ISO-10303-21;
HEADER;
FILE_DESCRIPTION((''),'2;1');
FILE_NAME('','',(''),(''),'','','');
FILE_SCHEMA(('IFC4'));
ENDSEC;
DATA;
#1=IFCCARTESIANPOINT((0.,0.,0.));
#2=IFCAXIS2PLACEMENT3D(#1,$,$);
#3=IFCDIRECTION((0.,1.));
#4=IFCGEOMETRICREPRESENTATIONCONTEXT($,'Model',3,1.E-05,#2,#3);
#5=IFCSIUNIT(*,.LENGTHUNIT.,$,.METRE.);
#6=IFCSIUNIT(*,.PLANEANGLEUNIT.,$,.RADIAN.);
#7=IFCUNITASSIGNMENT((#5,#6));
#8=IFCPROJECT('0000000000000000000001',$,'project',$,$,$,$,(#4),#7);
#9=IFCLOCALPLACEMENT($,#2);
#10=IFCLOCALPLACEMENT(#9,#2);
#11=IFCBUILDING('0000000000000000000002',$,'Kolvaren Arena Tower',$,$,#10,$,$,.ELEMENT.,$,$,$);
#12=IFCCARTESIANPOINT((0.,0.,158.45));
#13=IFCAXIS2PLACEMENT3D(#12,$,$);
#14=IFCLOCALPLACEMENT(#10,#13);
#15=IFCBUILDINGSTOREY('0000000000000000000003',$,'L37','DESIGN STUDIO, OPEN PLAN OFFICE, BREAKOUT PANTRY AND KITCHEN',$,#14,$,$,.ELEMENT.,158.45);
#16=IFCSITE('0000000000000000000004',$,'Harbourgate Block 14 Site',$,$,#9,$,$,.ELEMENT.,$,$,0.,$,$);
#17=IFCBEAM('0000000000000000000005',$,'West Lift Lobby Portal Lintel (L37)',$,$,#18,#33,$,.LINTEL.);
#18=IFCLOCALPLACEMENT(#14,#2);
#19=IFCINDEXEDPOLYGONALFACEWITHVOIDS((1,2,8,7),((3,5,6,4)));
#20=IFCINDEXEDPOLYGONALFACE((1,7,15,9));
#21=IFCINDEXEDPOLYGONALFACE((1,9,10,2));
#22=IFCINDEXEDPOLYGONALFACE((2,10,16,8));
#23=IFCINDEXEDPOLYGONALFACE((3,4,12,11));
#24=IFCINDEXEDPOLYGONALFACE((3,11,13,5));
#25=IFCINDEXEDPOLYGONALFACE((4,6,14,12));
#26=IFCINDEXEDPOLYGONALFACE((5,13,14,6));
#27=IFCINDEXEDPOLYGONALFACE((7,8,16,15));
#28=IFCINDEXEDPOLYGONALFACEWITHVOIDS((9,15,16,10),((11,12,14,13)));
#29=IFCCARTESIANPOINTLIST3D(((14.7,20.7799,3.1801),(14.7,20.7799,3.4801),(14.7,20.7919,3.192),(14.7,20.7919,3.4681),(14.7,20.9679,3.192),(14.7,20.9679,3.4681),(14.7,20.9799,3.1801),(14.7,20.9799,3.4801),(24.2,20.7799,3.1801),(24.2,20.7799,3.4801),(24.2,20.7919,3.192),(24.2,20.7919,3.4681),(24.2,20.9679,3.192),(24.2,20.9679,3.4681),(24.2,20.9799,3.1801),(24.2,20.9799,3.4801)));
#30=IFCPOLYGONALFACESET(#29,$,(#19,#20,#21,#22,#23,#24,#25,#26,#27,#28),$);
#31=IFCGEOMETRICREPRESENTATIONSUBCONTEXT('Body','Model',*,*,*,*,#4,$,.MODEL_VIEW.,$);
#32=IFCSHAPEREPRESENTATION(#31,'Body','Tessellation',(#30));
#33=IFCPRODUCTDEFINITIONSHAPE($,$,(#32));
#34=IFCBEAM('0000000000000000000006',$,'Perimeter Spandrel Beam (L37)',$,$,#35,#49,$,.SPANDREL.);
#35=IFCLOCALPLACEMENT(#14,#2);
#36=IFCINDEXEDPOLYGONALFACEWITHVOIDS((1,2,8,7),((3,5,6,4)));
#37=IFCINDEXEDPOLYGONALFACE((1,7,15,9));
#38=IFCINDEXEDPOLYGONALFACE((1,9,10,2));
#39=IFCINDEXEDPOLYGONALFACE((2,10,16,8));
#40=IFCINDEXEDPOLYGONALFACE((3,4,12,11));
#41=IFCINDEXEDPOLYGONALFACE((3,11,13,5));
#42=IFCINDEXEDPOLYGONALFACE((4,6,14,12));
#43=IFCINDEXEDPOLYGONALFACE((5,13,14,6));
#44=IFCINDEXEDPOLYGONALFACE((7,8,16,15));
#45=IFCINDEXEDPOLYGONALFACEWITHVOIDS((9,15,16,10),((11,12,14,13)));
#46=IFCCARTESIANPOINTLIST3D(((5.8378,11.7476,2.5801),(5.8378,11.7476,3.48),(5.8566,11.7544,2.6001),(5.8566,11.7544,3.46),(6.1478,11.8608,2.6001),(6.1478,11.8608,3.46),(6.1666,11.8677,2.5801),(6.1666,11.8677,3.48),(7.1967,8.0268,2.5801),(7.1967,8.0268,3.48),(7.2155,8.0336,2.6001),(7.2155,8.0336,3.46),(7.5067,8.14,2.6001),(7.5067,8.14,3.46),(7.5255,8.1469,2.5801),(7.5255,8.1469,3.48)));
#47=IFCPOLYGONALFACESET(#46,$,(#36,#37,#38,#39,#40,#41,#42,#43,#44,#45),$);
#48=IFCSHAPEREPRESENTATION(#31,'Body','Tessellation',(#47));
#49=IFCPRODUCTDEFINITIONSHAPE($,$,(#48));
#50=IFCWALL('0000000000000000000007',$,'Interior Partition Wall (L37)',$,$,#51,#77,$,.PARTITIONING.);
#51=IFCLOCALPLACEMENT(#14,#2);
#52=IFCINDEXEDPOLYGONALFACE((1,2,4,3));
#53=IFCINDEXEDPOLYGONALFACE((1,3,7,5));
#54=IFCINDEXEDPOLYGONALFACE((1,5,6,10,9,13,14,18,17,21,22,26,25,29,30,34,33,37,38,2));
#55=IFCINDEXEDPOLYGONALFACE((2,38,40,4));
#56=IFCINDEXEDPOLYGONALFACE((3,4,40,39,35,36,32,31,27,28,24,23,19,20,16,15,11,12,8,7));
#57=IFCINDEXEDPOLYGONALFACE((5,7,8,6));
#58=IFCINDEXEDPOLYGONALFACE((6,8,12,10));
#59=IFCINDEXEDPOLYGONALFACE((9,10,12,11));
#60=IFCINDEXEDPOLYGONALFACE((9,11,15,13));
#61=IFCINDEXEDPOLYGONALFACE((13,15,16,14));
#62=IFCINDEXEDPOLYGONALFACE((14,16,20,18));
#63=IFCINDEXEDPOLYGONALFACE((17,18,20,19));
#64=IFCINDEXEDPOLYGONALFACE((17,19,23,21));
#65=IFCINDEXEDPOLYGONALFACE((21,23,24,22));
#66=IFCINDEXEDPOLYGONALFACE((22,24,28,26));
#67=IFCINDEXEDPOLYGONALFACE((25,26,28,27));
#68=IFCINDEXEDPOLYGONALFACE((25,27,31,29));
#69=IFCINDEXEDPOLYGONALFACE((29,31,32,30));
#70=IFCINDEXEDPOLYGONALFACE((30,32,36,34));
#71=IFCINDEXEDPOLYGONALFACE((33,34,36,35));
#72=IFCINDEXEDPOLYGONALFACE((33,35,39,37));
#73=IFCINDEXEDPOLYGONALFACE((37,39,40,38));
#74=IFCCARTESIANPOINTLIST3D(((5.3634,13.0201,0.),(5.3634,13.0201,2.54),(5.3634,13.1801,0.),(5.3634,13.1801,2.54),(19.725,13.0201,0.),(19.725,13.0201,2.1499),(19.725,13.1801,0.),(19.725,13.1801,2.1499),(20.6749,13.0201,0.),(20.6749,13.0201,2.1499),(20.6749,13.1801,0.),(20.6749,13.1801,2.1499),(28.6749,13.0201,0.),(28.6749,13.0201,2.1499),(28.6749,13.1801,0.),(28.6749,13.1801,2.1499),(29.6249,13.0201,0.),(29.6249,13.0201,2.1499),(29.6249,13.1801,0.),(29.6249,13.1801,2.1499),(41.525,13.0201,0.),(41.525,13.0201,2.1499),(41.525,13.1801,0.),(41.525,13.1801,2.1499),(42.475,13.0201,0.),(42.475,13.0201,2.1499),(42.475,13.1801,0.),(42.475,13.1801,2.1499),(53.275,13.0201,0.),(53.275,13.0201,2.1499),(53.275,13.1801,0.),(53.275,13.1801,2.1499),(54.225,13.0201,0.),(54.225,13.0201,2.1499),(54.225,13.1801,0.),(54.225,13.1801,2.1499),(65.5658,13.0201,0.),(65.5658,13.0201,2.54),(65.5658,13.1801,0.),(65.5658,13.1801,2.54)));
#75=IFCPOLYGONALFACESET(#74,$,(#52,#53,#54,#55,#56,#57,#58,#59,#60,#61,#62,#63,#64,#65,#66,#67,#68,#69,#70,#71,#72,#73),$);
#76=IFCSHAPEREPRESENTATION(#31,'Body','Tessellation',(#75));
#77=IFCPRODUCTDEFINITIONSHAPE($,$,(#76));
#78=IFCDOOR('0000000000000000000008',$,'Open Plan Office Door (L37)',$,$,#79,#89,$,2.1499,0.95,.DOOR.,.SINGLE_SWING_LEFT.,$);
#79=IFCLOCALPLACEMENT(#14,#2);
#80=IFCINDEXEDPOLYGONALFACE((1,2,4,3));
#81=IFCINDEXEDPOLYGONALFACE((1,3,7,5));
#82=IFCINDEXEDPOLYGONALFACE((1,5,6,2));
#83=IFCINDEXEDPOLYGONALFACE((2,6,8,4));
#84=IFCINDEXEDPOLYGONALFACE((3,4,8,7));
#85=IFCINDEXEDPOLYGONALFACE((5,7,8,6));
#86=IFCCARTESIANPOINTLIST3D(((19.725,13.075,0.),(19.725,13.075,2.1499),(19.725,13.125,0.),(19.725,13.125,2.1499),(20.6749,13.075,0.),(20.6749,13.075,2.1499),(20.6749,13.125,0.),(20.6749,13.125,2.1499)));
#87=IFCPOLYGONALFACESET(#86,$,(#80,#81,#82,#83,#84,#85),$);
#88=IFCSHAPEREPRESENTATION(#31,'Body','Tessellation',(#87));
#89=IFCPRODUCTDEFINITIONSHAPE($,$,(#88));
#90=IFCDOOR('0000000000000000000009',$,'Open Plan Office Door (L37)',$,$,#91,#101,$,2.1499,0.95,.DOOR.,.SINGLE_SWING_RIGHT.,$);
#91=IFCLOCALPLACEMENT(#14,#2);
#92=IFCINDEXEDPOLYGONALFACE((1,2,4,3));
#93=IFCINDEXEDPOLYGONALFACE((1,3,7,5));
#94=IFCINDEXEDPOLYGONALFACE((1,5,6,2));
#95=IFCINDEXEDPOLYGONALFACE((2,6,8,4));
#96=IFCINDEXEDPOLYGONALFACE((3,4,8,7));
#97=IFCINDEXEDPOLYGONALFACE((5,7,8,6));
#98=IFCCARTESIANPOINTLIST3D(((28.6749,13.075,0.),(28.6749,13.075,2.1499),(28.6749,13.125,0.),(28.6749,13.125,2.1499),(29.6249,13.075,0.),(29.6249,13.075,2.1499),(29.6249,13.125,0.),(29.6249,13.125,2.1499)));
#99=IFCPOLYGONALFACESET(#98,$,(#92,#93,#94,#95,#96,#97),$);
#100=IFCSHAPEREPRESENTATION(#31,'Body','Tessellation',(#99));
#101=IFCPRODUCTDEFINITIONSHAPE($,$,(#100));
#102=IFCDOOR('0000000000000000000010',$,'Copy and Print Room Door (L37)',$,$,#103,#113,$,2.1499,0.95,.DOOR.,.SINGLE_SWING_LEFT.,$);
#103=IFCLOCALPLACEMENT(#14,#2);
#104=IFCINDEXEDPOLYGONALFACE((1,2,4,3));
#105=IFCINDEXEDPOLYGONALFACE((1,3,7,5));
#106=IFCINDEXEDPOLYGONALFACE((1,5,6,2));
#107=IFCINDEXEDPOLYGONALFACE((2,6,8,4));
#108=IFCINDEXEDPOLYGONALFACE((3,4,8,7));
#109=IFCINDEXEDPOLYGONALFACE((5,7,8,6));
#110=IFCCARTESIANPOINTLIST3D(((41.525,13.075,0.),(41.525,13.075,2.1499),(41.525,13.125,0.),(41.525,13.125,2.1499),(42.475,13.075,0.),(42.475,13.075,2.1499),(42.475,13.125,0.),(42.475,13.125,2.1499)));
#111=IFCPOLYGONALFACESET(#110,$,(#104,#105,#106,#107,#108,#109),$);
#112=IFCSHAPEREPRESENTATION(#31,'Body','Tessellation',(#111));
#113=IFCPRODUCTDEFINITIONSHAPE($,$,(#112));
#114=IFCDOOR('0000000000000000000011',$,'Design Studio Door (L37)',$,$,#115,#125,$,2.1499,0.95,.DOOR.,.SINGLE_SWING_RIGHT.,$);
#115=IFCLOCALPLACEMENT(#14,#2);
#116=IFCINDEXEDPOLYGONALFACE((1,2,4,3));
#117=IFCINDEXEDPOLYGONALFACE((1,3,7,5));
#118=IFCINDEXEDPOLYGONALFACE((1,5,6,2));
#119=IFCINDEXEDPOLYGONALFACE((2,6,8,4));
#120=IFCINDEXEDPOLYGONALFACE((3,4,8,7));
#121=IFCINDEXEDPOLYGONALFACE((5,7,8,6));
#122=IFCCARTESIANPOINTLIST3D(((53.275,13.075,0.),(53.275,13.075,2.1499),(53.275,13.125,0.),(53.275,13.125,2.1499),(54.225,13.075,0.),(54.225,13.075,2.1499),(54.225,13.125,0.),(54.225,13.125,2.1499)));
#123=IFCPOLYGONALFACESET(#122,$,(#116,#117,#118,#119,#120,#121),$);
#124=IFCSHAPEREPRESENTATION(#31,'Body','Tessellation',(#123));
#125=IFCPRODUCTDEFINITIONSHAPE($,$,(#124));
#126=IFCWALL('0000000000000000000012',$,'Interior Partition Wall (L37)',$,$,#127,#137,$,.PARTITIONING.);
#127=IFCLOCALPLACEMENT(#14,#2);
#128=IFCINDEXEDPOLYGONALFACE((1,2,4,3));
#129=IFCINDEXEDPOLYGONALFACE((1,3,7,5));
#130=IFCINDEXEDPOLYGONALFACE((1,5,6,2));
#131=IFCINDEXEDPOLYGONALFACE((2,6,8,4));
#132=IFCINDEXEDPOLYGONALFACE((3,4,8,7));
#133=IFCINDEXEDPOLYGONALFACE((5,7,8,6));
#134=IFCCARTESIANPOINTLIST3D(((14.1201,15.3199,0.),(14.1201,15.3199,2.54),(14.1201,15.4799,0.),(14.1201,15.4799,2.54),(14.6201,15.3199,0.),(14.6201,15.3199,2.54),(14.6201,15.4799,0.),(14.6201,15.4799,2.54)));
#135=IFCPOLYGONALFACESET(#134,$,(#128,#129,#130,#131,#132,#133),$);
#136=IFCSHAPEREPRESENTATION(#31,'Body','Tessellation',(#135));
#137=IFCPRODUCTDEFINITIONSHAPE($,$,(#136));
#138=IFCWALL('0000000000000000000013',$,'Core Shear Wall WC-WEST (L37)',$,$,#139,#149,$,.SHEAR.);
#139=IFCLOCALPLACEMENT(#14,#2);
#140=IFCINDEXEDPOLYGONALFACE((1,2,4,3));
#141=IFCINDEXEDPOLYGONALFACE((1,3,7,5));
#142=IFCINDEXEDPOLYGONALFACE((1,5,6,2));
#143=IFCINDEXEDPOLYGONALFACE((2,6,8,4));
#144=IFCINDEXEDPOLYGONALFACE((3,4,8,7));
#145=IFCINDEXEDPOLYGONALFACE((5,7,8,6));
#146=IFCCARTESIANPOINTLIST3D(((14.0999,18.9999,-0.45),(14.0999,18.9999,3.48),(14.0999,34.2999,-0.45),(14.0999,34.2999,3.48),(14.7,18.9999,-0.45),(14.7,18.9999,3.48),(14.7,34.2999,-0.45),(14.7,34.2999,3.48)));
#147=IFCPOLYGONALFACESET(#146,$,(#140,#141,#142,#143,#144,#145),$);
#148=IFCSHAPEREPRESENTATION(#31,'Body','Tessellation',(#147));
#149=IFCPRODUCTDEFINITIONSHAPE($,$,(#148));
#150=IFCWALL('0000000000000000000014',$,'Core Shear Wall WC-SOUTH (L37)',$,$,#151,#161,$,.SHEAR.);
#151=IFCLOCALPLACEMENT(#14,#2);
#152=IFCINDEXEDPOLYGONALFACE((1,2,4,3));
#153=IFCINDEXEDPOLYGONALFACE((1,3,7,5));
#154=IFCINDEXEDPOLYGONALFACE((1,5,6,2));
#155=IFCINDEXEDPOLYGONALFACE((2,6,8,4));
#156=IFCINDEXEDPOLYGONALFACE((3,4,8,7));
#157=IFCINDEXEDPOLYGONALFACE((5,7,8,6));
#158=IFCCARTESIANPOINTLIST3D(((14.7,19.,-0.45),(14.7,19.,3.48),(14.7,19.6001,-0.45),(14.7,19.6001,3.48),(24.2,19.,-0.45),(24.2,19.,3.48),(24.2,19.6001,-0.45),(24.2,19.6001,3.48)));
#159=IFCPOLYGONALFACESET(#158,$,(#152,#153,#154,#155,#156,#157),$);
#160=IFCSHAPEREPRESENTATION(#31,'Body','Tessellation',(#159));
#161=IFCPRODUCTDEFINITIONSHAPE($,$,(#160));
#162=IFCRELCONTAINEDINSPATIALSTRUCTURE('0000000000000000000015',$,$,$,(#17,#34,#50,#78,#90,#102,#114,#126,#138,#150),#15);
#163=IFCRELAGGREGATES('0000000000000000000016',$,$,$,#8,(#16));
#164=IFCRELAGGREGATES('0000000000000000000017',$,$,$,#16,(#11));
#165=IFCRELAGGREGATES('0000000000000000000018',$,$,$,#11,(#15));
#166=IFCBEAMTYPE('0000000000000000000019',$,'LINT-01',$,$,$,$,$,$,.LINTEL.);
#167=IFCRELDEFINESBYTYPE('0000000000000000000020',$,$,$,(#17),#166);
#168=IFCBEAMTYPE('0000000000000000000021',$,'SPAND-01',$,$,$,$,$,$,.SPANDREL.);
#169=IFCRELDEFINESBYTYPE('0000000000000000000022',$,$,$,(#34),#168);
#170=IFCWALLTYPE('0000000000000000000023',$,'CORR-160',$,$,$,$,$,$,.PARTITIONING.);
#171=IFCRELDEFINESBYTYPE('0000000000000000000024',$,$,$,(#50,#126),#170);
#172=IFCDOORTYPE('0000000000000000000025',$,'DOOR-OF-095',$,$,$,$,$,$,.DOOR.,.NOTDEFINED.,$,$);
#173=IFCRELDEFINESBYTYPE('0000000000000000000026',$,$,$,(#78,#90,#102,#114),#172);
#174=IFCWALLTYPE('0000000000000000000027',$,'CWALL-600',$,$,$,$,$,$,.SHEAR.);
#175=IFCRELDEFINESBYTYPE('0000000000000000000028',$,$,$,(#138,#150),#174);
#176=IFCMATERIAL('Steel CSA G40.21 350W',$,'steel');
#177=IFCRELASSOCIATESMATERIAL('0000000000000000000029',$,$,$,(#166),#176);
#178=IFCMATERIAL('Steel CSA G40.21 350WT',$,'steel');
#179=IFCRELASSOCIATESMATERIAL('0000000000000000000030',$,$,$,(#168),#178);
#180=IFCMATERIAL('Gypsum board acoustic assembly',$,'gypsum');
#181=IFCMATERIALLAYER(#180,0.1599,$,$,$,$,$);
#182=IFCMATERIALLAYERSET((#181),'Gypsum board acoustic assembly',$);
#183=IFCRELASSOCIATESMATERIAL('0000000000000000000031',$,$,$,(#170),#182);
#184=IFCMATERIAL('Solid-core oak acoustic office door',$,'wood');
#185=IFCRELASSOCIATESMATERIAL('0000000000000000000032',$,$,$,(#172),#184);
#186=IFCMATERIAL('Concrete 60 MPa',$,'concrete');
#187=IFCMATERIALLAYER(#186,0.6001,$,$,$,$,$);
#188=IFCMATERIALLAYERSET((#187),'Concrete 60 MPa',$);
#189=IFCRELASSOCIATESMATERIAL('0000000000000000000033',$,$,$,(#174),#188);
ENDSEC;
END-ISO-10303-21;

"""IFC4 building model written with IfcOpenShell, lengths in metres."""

from ifc_helpers import new_model, si_unit, direction, frame, frame_2d, origin, origin_2d, place, context, subcontext, project, spatial, rectangle, hollow_rectangle, extrude, material, layer, layer_set, material_profile, profile_set, type_object, element, fill, save


model = new_model("IFC4")

# Units and contexts
model_context = context("Model", 3, precision=1e-05, world=origin(), true_north=direction((0.0, 1.0)))
body_context = subcontext(model_context, "Body", "Model", "MODEL_VIEW")
ifc_project = project(units=[si_unit("LENGTHUNIT", "METRE"), si_unit("PLANEANGLEUNIT", "RADIAN")], contexts=[model_context])

# Site, building, storey
site_placement = place(None, origin())
site = spatial("IfcSite", under=ifc_project, at=site_placement, Name="Harbourgate Block 14 Site", CompositionType="ELEMENT", RefElevation=0.0)
building_placement = place(site_placement, origin())
building = spatial("IfcBuilding", under=site, at=building_placement, Name="Kolvaren Arena Tower", CompositionType="ELEMENT")
storey_placement = place(building_placement, frame((0.0, 0.0, 158.45)))
storey = spatial("IfcBuildingStorey", under=building, at=storey_placement, Name="L37", Description="DESIGN STUDIO, OPEN PLAN OFFICE, BREAKOUT PANTRY AND KITCHEN", CompositionType="ELEMENT", Elevation=158.45)

# Beams
ifc_material_1 = material(Name="Steel CSA G40.21 350W", Category="steel")
ifc_material_profile_1 = material_profile(ifc_material_1, hollow_rectangle(XDim=0.2, YDim=0.3, WallThickness=0.012, at=origin_2d()), Name="HSS 300x200x12")
ifc_profile_set_1 = profile_set([ifc_material_profile_1], Name="Steel CSA G40.21 350W")
beam_type_1 = type_object("IfcBeamType", Name="LINT-01", PredefinedType="LINTEL", material=ifc_profile_set_1)
beam_1_placement = place(storey_placement, frame((14.7, 20.8799, 3.3301), z_axis=(1.0, 0.0, 0.0), x_axis=(0.0, 1.0, 0.0)))
element("IfcBeam", 1, at=beam_1_placement, inside=storey, type_object=beam_type_1, Name="West Lift Lobby Portal Lintel (L37)", PredefinedType="LINTEL", context=body_context, shape_type="SweptSolid", body=[
    extrude(hollow_rectangle(XDim=0.2, YDim=0.3, WallThickness=0.012, at=origin_2d()), origin(), (0.0, 0.0, 1.0), 9.5),
])
ifc_material_2 = material(Name="Steel CSA G40.21 350WT", Category="steel")
ifc_material_profile_2 = material_profile(ifc_material_2, hollow_rectangle(XDim=0.3501, YDim=0.8999, WallThickness=0.02, at=origin_2d()), Name="HSS 900x350x20")
ifc_profile_set_2 = profile_set([ifc_material_profile_2], Name="Steel CSA G40.21 350WT")
beam_type_2 = type_object("IfcBeamType", Name="SPAND-01", PredefinedType="SPANDREL", material=ifc_profile_set_2)
beam_2_placement = place(storey_placement, frame((6.0022, 11.8076, 3.03), z_axis=(0.343059, -0.939314, 0.0), x_axis=(0.939314, 0.343059, 0.0)))
element("IfcBeam", 2, at=beam_2_placement, inside=storey, type_object=beam_type_2, Name="Perimeter Spandrel Beam (L37)", PredefinedType="SPANDREL", context=body_context, shape_type="SweptSolid", body=[
    extrude(hollow_rectangle(XDim=0.3501, YDim=0.8999, WallThickness=0.02, at=origin_2d()), origin(), (0.0, 0.0, 1.0), 3.9612),
])

# Wall, openings, doors
ifc_material_3 = material(Name="Gypsum board acoustic assembly", Category="gypsum")
ifc_layer_1 = layer(ifc_material_3, 0.1599)
ifc_layer_set_1 = layer_set([ifc_layer_1], Name="Gypsum board acoustic assembly")
wall_type_1 = type_object("IfcWallType", Name="CORR-160", PredefinedType="PARTITIONING", material=ifc_layer_set_1)
wall_1_placement = place(storey_placement, frame((5.3635, 13.1001, 0.0), z_axis=(0.0, 0.0, 1.0), x_axis=(1.0, 0.0, 0.0)))
wall_1 = element("IfcWall", 3, at=wall_1_placement, inside=storey, type_object=wall_type_1, Name="Interior Partition Wall (L37)", PredefinedType="PARTITIONING", context=body_context, shape_type="SweptSolid", body=[
    extrude(rectangle(XDim=60.2024, YDim=0.1599, at=frame_2d((30.1011, 0.0))), origin(), (0.0, 0.0, 1.0), 2.54),
])
opening_1_placement = place(wall_1_placement, frame((14.3613, 0.0, 0.0)))
opening_1 = element("IfcOpeningElement", 4, at=opening_1_placement, cuts=wall_1, PredefinedType="OPENING", context=body_context, shape_type="SweptSolid", body=[
    extrude(rectangle(XDim=0.95, YDim=2.1499, at=frame_2d((0.4751, 1.075))), frame((0.0, 0.0898, 0.0), z_axis=(0.0, -1.0, 0.0), x_axis=(1.0, 0.0, 0.0)), (0.0, 0.0, 1.0), 0.1799),
])
opening_2_placement = place(wall_1_placement, frame((23.3113, 0.0, 0.0)))
opening_2 = element("IfcOpeningElement", 5, at=opening_2_placement, cuts=wall_1, PredefinedType="OPENING", context=body_context, shape_type="SweptSolid", body=[
    extrude(rectangle(XDim=0.95, YDim=2.1499, at=frame_2d((0.4751, 1.075))), frame((0.0, 0.0898, 0.0), z_axis=(0.0, -1.0, 0.0), x_axis=(1.0, 0.0, 0.0)), (0.0, 0.0, 1.0), 0.1799),
])
opening_3_placement = place(wall_1_placement, frame((36.1614, 0.0, 0.0)))
opening_3 = element("IfcOpeningElement", 6, at=opening_3_placement, cuts=wall_1, PredefinedType="OPENING", context=body_context, shape_type="SweptSolid", body=[
    extrude(rectangle(XDim=0.95, YDim=2.1499, at=frame_2d((0.4751, 1.075))), frame((0.0, 0.0898, 0.0), z_axis=(0.0, -1.0, 0.0), x_axis=(1.0, 0.0, 0.0)), (0.0, 0.0, 1.0), 0.1799),
])
opening_4_placement = place(wall_1_placement, frame((47.9114, 0.0, 0.0)))
opening_4 = element("IfcOpeningElement", 7, at=opening_4_placement, cuts=wall_1, PredefinedType="OPENING", context=body_context, shape_type="SweptSolid", body=[
    extrude(rectangle(XDim=0.95, YDim=2.1499, at=frame_2d((0.4751, 1.075))), frame((0.0, 0.0898, 0.0), z_axis=(0.0, -1.0, 0.0), x_axis=(1.0, 0.0, 0.0)), (0.0, 0.0, 1.0), 0.1799),
])
ifc_material_4 = material(Name="Solid-core oak acoustic office door", Category="wood")
door_type_1 = type_object("IfcDoorType", Name="DOOR-OF-095", OperationType="NOTDEFINED", PredefinedType="DOOR", material=ifc_material_4)
door_1_placement = place(opening_1_placement, origin())
door_1 = element("IfcDoor", 8, at=door_1_placement, inside=storey, type_object=door_type_1, Name="Open Plan Office Door (L37)", OperationType="SINGLE_SWING_LEFT", OverallHeight=2.1499, OverallWidth=0.95, PredefinedType="DOOR", context=body_context, shape_type="SweptSolid", body=[
    extrude(rectangle(XDim=0.95, YDim=2.1499, at=frame_2d((0.4751, 1.075))), frame((0.0, 0.0249, 0.0), z_axis=(0.0, -1.0, 0.0), x_axis=(1.0, 0.0, 0.0)), (0.0, 0.0, 1.0), 0.05),
])
fill(opening_1, door_1)
door_2_placement = place(opening_2_placement, origin())
door_2 = element("IfcDoor", 9, at=door_2_placement, inside=storey, type_object=door_type_1, Name="Open Plan Office Door (L37)", OperationType="SINGLE_SWING_RIGHT", OverallHeight=2.1499, OverallWidth=0.95, PredefinedType="DOOR", context=body_context, shape_type="SweptSolid", body=[
    extrude(rectangle(XDim=0.95, YDim=2.1499, at=frame_2d((0.4751, 1.075))), frame((0.0, 0.0249, 0.0), z_axis=(0.0, -1.0, 0.0), x_axis=(1.0, 0.0, 0.0)), (0.0, 0.0, 1.0), 0.05),
])
fill(opening_2, door_2)
door_3_placement = place(opening_3_placement, origin())
door_3 = element("IfcDoor", 10, at=door_3_placement, inside=storey, type_object=door_type_1, Name="Copy and Print Room Door (L37)", OperationType="SINGLE_SWING_LEFT", OverallHeight=2.1499, OverallWidth=0.95, PredefinedType="DOOR", context=body_context, shape_type="SweptSolid", body=[
    extrude(rectangle(XDim=0.95, YDim=2.1499, at=frame_2d((0.4751, 1.075))), frame((0.0, 0.0249, 0.0), z_axis=(0.0, -1.0, 0.0), x_axis=(1.0, 0.0, 0.0)), (0.0, 0.0, 1.0), 0.05),
])
fill(opening_3, door_3)
door_4_placement = place(opening_4_placement, origin())
door_4 = element("IfcDoor", 11, at=door_4_placement, inside=storey, type_object=door_type_1, Name="Design Studio Door (L37)", OperationType="SINGLE_SWING_RIGHT", OverallHeight=2.1499, OverallWidth=0.95, PredefinedType="DOOR", context=body_context, shape_type="SweptSolid", body=[
    extrude(rectangle(XDim=0.95, YDim=2.1499, at=frame_2d((0.4751, 1.075))), frame((0.0, 0.0249, 0.0), z_axis=(0.0, -1.0, 0.0), x_axis=(1.0, 0.0, 0.0)), (0.0, 0.0, 1.0), 0.05),
])
fill(opening_4, door_4)

# Walls
wall_2_placement = place(storey_placement, frame((14.1201, 15.3999, 0.0), z_axis=(0.0, 0.0, 1.0), x_axis=(1.0, 0.0, 0.0)))
element("IfcWall", 12, at=wall_2_placement, inside=storey, type_object=wall_type_1, Name="Interior Partition Wall (L37)", PredefinedType="PARTITIONING", context=body_context, shape_type="SweptSolid", body=[
    extrude(rectangle(XDim=0.5, YDim=0.1599, at=frame_2d((0.25, 0.0))), origin(), (0.0, 0.0, 1.0), 2.54),
])
ifc_material_5 = material(Name="Concrete 60 MPa", Category="concrete")
ifc_layer_2 = layer(ifc_material_5, 0.6001)
ifc_layer_set_2 = layer_set([ifc_layer_2], Name="Concrete 60 MPa")
wall_type_2 = type_object("IfcWallType", Name="CWALL-600", PredefinedType="SHEAR", material=ifc_layer_set_2)
wall_3_placement = place(storey_placement, frame((14.3999, 19.0, -0.45), z_axis=(0.0, 0.0, 1.0), x_axis=(0.0, 1.0, 0.0)))
element("IfcWall", 13, at=wall_3_placement, inside=storey, type_object=wall_type_2, Name="Core Shear Wall WC-WEST (L37)", PredefinedType="SHEAR", context=body_context, shape_type="SweptSolid", body=[
    extrude(rectangle(XDim=15.3, YDim=0.6001, at=frame_2d((7.6499, 0.0))), origin(), (0.0, 0.0, 1.0), 3.9299),
])
wall_4_placement = place(storey_placement, frame((14.7, 19.3, -0.45), z_axis=(0.0, 0.0, 1.0), x_axis=(1.0, 0.0, 0.0)))
element("IfcWall", 14, at=wall_4_placement, inside=storey, type_object=wall_type_2, Name="Core Shear Wall WC-SOUTH (L37)", PredefinedType="SHEAR", context=body_context, shape_type="SweptSolid", body=[
    extrude(rectangle(XDim=9.5, YDim=0.6001, at=frame_2d((4.75, 0.0))), origin(), (0.0, 0.0, 1.0), 3.9299),
])

save(model, "model.ifc")
